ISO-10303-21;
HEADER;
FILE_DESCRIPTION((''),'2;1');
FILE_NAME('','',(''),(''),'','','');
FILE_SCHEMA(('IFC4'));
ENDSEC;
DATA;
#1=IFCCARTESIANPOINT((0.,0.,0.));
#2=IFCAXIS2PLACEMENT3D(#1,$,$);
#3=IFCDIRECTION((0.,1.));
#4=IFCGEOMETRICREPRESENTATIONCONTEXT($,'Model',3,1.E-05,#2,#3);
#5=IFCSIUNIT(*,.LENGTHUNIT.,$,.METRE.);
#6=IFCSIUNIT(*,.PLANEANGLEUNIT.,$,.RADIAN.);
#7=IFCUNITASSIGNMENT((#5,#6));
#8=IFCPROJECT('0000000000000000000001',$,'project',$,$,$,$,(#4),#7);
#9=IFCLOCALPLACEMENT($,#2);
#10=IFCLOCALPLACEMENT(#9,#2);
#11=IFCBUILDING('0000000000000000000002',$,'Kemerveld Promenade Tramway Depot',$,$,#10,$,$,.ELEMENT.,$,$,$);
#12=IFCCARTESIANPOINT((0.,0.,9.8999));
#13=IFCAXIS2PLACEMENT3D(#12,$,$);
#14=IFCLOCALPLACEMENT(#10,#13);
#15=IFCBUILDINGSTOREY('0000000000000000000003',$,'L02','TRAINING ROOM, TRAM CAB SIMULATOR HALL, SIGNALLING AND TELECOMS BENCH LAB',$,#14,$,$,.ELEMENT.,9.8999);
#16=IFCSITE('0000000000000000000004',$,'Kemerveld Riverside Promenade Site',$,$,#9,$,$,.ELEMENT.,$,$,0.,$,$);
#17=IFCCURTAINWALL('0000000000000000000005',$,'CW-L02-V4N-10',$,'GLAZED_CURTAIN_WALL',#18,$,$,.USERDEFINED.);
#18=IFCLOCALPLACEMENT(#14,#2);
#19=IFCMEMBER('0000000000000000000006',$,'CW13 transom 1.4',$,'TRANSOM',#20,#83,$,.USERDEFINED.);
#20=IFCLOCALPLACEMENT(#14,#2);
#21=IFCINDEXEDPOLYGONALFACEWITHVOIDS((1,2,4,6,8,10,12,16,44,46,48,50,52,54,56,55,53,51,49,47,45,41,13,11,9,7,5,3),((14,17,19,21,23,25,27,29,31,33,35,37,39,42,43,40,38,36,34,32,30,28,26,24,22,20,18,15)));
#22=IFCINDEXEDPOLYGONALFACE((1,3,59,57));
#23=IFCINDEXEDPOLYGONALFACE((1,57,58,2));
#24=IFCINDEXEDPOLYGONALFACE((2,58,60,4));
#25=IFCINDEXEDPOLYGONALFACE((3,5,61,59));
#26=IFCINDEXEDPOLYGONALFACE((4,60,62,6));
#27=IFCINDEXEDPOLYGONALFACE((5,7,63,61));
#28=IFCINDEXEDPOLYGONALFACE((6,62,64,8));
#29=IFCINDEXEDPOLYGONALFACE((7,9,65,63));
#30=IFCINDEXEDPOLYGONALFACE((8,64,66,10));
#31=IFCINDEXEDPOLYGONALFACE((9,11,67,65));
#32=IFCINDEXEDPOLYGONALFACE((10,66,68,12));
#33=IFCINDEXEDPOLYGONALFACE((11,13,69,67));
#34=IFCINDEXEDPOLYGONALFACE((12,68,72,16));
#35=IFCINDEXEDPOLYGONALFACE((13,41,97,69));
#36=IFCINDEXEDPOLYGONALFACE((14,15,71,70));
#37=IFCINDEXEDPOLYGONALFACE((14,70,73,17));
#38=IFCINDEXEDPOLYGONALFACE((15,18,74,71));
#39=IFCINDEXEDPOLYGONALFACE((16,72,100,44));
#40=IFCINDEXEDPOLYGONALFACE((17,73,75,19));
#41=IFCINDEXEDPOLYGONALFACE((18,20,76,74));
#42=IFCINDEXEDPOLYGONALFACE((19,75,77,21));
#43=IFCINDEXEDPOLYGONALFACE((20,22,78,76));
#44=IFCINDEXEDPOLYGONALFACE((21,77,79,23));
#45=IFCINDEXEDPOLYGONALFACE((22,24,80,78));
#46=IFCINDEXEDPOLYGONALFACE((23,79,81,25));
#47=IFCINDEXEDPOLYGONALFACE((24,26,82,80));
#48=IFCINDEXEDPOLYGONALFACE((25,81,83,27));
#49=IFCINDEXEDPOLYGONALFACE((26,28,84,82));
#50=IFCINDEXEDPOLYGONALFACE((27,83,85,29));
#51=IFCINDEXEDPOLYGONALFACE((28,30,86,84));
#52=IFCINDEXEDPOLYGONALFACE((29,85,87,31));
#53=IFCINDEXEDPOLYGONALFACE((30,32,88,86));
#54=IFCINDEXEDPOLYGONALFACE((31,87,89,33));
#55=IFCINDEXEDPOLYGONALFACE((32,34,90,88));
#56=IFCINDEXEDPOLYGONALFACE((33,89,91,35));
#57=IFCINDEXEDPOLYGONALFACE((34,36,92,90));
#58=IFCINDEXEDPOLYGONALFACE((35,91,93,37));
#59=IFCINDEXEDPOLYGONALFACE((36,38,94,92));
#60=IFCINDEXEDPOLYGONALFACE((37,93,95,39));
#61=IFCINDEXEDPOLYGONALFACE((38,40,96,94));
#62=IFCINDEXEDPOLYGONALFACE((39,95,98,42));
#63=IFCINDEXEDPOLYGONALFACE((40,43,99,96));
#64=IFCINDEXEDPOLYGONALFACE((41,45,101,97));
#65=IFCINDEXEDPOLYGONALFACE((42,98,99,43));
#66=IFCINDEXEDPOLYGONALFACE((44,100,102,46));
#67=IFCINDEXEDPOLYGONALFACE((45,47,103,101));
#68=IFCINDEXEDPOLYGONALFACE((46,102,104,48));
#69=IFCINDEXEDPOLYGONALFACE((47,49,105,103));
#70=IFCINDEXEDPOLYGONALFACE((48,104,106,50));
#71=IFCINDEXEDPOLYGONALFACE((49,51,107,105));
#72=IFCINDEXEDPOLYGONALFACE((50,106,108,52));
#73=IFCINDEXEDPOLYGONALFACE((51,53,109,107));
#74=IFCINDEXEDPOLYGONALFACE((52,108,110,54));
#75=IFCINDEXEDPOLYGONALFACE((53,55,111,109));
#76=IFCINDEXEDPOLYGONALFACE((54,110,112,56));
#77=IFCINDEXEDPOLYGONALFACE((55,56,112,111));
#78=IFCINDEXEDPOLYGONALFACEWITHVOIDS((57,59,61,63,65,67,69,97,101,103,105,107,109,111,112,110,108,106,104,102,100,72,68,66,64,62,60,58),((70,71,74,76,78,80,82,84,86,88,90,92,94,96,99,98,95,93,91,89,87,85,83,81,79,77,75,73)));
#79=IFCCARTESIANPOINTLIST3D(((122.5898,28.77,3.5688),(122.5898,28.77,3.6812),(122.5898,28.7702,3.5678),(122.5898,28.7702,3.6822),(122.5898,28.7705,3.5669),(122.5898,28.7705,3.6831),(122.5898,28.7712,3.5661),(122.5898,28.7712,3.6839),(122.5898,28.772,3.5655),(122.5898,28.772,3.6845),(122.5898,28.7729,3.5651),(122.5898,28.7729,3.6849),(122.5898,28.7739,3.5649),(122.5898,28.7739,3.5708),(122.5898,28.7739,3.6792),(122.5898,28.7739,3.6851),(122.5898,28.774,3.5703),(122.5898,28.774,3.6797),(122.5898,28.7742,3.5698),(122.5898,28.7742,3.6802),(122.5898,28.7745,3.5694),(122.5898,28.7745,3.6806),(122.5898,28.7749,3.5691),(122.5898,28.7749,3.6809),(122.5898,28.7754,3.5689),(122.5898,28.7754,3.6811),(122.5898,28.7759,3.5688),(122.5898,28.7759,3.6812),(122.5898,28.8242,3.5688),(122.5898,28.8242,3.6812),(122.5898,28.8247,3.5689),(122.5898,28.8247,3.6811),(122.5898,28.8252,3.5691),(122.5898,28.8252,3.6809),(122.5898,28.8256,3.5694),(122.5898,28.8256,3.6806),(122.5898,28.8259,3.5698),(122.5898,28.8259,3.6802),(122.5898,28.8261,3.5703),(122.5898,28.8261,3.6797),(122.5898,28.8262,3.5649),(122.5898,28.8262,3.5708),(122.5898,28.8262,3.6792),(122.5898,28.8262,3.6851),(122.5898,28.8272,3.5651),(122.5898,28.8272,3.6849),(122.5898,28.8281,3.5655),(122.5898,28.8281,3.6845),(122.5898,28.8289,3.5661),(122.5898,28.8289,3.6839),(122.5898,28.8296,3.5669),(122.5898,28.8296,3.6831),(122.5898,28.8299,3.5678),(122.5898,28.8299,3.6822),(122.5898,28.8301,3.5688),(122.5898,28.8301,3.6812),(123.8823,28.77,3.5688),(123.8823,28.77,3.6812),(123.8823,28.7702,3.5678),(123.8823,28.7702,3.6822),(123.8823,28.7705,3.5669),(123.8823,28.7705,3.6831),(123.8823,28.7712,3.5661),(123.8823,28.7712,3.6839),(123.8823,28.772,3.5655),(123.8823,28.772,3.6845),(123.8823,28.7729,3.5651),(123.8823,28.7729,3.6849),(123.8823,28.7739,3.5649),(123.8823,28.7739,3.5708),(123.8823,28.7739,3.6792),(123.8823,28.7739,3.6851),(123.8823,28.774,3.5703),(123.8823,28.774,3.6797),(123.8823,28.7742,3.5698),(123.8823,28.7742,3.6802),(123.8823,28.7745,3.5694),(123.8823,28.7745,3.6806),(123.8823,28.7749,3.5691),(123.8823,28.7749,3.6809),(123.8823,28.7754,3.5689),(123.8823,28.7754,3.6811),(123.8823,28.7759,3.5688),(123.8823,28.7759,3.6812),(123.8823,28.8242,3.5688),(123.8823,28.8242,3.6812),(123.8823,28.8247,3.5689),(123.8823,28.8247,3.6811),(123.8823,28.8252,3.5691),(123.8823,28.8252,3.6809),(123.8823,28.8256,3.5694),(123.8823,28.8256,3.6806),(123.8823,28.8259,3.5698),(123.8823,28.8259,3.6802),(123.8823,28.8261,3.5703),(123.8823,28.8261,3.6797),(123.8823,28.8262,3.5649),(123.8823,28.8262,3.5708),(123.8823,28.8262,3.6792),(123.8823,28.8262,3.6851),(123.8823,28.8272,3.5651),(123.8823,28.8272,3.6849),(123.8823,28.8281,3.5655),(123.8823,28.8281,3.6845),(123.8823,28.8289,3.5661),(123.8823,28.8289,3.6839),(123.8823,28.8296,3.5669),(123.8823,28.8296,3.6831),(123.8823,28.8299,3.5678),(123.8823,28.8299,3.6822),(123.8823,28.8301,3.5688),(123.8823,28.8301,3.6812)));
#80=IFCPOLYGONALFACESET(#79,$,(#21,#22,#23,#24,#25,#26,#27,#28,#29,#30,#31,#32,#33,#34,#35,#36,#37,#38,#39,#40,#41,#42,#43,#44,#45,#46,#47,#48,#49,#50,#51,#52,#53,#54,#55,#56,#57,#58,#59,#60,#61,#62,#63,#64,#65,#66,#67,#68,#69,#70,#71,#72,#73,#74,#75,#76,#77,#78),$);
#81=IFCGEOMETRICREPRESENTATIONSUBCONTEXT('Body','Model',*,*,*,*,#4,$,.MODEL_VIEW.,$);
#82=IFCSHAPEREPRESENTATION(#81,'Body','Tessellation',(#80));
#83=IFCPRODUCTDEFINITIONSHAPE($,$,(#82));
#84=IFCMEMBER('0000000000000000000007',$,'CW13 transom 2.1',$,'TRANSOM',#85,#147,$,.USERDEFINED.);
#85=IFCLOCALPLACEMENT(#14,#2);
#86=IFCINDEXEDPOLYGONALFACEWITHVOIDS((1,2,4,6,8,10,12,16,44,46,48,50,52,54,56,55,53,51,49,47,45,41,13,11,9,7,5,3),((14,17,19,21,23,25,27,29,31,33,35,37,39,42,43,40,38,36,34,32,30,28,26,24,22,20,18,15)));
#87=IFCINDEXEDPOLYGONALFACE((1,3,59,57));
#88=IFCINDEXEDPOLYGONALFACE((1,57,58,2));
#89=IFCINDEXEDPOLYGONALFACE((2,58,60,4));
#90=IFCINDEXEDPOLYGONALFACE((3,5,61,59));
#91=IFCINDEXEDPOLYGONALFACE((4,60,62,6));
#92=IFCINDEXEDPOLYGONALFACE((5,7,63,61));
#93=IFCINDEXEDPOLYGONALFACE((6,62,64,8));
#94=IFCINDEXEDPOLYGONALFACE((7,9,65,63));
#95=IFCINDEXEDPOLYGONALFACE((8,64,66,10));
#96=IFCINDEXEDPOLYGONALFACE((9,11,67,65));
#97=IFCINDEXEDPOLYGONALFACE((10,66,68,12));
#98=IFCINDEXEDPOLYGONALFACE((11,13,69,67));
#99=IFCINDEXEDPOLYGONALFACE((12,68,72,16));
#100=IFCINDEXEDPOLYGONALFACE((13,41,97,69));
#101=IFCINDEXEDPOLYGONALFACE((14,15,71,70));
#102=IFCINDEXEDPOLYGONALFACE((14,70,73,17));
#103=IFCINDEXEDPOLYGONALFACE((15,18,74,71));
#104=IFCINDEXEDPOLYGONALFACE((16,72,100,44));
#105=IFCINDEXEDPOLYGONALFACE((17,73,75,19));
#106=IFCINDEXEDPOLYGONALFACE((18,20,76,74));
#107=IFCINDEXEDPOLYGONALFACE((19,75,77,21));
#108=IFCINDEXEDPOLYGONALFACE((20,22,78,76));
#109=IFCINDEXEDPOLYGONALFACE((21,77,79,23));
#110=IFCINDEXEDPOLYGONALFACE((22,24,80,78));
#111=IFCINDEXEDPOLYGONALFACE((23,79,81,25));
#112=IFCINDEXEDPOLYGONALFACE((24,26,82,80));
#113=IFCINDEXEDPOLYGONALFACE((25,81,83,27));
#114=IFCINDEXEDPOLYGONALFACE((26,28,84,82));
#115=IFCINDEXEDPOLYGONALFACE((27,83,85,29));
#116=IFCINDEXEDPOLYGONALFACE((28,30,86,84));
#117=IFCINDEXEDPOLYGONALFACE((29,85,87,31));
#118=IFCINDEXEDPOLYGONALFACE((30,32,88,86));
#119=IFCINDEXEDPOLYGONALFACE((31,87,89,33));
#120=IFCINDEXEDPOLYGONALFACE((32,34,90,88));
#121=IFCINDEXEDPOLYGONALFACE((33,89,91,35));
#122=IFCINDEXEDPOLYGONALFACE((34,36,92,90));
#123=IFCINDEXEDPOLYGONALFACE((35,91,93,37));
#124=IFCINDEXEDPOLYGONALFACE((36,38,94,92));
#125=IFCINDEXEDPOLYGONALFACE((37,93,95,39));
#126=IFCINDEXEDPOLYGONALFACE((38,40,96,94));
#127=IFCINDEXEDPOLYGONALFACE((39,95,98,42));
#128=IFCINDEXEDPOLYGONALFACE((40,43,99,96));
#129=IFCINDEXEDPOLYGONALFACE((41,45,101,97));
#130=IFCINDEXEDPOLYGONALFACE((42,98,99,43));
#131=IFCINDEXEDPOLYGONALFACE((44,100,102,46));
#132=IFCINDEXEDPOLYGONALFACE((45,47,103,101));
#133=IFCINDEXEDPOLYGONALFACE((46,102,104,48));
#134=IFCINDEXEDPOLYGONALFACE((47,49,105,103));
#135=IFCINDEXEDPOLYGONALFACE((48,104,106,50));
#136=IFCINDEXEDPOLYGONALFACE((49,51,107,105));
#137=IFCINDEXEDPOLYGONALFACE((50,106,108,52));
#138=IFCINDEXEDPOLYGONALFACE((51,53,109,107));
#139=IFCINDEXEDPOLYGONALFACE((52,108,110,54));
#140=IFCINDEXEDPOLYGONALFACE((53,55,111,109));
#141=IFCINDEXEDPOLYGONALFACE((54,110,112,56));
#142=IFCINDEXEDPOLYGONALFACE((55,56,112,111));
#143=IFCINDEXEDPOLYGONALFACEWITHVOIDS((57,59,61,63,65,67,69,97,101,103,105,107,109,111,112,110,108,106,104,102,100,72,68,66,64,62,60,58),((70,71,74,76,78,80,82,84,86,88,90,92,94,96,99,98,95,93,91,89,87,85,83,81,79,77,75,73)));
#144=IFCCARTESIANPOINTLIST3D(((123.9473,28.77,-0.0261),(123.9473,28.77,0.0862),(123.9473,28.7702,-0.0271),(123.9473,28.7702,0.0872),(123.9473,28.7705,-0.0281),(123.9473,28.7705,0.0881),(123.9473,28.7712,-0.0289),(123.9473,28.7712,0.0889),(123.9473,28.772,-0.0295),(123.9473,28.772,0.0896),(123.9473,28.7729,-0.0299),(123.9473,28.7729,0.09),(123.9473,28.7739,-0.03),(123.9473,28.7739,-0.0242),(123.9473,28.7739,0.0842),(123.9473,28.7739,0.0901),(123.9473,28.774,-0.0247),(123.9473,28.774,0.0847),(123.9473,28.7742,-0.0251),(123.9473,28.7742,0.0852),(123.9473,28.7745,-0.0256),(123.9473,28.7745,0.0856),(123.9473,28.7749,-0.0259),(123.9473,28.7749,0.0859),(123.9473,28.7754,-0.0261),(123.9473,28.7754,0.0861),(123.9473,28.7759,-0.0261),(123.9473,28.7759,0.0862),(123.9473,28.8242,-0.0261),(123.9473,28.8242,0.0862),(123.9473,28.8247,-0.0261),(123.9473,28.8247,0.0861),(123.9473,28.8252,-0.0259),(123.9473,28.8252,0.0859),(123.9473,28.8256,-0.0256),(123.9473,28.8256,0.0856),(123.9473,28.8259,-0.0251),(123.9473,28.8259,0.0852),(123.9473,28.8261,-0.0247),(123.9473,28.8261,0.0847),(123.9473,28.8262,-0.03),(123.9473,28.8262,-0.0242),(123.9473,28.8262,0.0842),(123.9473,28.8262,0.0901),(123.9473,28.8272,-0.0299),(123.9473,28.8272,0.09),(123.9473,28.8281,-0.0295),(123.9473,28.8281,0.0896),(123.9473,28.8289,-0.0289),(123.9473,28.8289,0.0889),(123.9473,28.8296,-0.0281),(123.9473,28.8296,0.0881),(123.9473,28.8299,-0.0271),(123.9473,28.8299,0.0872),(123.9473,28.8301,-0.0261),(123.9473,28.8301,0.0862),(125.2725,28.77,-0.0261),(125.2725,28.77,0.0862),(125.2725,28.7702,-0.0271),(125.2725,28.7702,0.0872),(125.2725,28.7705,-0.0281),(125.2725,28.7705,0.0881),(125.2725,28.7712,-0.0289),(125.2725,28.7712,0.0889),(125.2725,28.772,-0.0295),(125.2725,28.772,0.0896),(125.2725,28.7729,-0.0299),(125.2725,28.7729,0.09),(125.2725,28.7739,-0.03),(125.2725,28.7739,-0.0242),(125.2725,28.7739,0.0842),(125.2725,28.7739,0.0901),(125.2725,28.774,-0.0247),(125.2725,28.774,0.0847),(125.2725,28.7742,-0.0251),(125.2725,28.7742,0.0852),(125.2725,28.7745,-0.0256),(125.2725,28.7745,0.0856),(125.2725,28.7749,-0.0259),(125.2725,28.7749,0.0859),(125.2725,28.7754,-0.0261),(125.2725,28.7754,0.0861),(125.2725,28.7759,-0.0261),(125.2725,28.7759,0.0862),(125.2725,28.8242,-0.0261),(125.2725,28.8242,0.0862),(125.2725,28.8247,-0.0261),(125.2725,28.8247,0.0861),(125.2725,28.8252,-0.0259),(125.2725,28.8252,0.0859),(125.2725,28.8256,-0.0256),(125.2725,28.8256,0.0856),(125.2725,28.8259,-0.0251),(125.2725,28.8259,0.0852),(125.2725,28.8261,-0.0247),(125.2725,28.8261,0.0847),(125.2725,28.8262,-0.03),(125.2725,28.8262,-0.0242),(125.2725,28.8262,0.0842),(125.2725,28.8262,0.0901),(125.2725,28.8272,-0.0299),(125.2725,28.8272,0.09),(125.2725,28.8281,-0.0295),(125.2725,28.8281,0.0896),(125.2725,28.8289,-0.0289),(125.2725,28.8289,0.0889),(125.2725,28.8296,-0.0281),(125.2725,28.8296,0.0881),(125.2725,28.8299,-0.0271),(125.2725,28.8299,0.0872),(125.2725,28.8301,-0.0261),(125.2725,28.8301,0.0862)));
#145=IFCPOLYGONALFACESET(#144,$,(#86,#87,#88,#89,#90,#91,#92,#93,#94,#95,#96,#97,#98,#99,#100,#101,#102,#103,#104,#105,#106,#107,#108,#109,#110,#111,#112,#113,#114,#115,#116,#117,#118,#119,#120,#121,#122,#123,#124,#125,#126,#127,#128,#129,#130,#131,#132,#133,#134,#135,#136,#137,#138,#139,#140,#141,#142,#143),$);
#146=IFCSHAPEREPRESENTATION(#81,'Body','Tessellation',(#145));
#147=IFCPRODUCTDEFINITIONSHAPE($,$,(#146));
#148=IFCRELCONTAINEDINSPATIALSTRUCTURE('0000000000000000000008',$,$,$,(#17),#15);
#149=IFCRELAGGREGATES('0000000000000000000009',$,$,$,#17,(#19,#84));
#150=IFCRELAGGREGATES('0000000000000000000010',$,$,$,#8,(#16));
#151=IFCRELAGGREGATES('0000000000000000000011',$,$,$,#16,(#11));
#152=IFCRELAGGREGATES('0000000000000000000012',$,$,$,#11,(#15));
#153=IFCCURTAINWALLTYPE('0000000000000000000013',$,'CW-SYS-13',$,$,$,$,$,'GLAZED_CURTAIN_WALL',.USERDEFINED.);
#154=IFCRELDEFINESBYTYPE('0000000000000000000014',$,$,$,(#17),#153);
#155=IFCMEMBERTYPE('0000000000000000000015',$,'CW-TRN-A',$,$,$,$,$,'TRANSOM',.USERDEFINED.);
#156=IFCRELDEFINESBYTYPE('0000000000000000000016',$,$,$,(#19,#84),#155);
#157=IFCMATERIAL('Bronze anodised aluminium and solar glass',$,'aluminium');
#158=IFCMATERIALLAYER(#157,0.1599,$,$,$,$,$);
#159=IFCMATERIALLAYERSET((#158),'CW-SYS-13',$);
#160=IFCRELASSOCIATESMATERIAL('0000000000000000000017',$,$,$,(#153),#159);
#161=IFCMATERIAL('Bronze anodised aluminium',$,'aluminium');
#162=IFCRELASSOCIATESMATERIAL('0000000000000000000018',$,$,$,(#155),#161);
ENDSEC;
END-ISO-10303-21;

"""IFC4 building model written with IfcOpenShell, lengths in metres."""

from ifc_helpers import new_model, si_unit, direction, frame, origin, origin_2d, place, context, subcontext, project, spatial, hollow_rectangle, extrude, material, layer, layer_set, material_profile, profile_set, type_object, element, aggregate, save


model = new_model("IFC4")

# Units and contexts
model_context = context("Model", 3, precision=1e-05, world=origin(), true_north=direction((0.0, 1.0)))
body_context = subcontext(model_context, "Body", "Model", "MODEL_VIEW")
ifc_project = project(units=[si_unit("LENGTHUNIT", "METRE"), si_unit("PLANEANGLEUNIT", "RADIAN")], contexts=[model_context])

# Site, building, storey
site_placement = place(None, origin())
site = spatial("IfcSite", under=ifc_project, at=site_placement, Name="Kemerveld Riverside Promenade Site", CompositionType="ELEMENT", RefElevation=0.0)
building_placement = place(site_placement, origin())
building = spatial("IfcBuilding", under=site, at=building_placement, Name="Kemerveld Promenade Tramway Depot", CompositionType="ELEMENT")
storey_placement = place(building_placement, frame((0.0, 0.0, 9.8999)))
storey = spatial("IfcBuildingStorey", under=building, at=storey_placement, Name="L02", Description="TRAINING ROOM, TRAM CAB SIMULATOR HALL, SIGNALLING AND TELECOMS BENCH LAB", CompositionType="ELEMENT", Elevation=9.8999)

# Curtain wall, members
ifc_material_1 = material(Name="Bronze anodised aluminium and solar glass", Category="aluminium")
ifc_layer_1 = layer(ifc_material_1, 0.1599)
ifc_layer_set_1 = layer_set([ifc_layer_1], Name="CW-SYS-13")
curtain_wall_type = type_object("IfcCurtainWallType", Name="CW-SYS-13", ElementType="GLAZED_CURTAIN_WALL", PredefinedType="USERDEFINED", material=ifc_layer_set_1)
curtain_wall_placement = place(storey_placement, origin())
curtain_wall = element("IfcCurtainWall", 1, at=curtain_wall_placement, inside=storey, type_object=curtain_wall_type, Name="CW-L02-V4N-10", ObjectType="GLAZED_CURTAIN_WALL", PredefinedType="USERDEFINED")
ifc_material_2 = material(Name="Bronze anodised aluminium", Category="aluminium")
ifc_material_profile_1 = material_profile(ifc_material_2, hollow_rectangle(XDim=0.0601, YDim=0.1201, WallThickness=0.0039, InnerFilletRadius=0.002, OuterFilletRadius=0.0039, at=origin_2d()), Name="CW-TRN-120x60")
ifc_profile_set_1 = profile_set([ifc_material_profile_1], Name="Bronze anodised aluminium")
member_type_1 = type_object("IfcMemberType", Name="CW-TRN-A", ElementType="TRANSOM", PredefinedType="USERDEFINED", material=ifc_profile_set_1)
member_1_placement = place(storey_placement, frame((122.5898, 28.8, 3.625), z_axis=(1.0, 0.0, 0.0), x_axis=(0.0, 1.0, 0.0)))
member_1 = element("IfcMember", 2, at=member_1_placement, type_object=member_type_1, Name="CW13 transom 1.4", ObjectType="TRANSOM", PredefinedType="USERDEFINED", context=body_context, shape_type="SweptSolid", body=[
    extrude(hollow_rectangle(XDim=0.0601, YDim=0.1201, WallThickness=0.0039, InnerFilletRadius=0.002, OuterFilletRadius=0.0039, at=origin_2d()), origin(), (0.0, 0.0, 1.0), 1.2925),
])
member_2_placement = place(storey_placement, frame((123.9473, 28.8, 0.03), z_axis=(1.0, 0.0, 0.0), x_axis=(0.0, 1.0, 0.0)))
member_2 = element("IfcMember", 3, at=member_2_placement, type_object=member_type_1, Name="CW13 transom 2.1", ObjectType="TRANSOM", PredefinedType="USERDEFINED", context=body_context, shape_type="SweptSolid", body=[
    extrude(hollow_rectangle(XDim=0.0601, YDim=0.1201, WallThickness=0.0039, InnerFilletRadius=0.002, OuterFilletRadius=0.0039, at=origin_2d()), origin(), (0.0, 0.0, 1.0), 1.3252),
])

aggregate(curtain_wall, [member_1, member_2])

save(model, "model.ifc")
